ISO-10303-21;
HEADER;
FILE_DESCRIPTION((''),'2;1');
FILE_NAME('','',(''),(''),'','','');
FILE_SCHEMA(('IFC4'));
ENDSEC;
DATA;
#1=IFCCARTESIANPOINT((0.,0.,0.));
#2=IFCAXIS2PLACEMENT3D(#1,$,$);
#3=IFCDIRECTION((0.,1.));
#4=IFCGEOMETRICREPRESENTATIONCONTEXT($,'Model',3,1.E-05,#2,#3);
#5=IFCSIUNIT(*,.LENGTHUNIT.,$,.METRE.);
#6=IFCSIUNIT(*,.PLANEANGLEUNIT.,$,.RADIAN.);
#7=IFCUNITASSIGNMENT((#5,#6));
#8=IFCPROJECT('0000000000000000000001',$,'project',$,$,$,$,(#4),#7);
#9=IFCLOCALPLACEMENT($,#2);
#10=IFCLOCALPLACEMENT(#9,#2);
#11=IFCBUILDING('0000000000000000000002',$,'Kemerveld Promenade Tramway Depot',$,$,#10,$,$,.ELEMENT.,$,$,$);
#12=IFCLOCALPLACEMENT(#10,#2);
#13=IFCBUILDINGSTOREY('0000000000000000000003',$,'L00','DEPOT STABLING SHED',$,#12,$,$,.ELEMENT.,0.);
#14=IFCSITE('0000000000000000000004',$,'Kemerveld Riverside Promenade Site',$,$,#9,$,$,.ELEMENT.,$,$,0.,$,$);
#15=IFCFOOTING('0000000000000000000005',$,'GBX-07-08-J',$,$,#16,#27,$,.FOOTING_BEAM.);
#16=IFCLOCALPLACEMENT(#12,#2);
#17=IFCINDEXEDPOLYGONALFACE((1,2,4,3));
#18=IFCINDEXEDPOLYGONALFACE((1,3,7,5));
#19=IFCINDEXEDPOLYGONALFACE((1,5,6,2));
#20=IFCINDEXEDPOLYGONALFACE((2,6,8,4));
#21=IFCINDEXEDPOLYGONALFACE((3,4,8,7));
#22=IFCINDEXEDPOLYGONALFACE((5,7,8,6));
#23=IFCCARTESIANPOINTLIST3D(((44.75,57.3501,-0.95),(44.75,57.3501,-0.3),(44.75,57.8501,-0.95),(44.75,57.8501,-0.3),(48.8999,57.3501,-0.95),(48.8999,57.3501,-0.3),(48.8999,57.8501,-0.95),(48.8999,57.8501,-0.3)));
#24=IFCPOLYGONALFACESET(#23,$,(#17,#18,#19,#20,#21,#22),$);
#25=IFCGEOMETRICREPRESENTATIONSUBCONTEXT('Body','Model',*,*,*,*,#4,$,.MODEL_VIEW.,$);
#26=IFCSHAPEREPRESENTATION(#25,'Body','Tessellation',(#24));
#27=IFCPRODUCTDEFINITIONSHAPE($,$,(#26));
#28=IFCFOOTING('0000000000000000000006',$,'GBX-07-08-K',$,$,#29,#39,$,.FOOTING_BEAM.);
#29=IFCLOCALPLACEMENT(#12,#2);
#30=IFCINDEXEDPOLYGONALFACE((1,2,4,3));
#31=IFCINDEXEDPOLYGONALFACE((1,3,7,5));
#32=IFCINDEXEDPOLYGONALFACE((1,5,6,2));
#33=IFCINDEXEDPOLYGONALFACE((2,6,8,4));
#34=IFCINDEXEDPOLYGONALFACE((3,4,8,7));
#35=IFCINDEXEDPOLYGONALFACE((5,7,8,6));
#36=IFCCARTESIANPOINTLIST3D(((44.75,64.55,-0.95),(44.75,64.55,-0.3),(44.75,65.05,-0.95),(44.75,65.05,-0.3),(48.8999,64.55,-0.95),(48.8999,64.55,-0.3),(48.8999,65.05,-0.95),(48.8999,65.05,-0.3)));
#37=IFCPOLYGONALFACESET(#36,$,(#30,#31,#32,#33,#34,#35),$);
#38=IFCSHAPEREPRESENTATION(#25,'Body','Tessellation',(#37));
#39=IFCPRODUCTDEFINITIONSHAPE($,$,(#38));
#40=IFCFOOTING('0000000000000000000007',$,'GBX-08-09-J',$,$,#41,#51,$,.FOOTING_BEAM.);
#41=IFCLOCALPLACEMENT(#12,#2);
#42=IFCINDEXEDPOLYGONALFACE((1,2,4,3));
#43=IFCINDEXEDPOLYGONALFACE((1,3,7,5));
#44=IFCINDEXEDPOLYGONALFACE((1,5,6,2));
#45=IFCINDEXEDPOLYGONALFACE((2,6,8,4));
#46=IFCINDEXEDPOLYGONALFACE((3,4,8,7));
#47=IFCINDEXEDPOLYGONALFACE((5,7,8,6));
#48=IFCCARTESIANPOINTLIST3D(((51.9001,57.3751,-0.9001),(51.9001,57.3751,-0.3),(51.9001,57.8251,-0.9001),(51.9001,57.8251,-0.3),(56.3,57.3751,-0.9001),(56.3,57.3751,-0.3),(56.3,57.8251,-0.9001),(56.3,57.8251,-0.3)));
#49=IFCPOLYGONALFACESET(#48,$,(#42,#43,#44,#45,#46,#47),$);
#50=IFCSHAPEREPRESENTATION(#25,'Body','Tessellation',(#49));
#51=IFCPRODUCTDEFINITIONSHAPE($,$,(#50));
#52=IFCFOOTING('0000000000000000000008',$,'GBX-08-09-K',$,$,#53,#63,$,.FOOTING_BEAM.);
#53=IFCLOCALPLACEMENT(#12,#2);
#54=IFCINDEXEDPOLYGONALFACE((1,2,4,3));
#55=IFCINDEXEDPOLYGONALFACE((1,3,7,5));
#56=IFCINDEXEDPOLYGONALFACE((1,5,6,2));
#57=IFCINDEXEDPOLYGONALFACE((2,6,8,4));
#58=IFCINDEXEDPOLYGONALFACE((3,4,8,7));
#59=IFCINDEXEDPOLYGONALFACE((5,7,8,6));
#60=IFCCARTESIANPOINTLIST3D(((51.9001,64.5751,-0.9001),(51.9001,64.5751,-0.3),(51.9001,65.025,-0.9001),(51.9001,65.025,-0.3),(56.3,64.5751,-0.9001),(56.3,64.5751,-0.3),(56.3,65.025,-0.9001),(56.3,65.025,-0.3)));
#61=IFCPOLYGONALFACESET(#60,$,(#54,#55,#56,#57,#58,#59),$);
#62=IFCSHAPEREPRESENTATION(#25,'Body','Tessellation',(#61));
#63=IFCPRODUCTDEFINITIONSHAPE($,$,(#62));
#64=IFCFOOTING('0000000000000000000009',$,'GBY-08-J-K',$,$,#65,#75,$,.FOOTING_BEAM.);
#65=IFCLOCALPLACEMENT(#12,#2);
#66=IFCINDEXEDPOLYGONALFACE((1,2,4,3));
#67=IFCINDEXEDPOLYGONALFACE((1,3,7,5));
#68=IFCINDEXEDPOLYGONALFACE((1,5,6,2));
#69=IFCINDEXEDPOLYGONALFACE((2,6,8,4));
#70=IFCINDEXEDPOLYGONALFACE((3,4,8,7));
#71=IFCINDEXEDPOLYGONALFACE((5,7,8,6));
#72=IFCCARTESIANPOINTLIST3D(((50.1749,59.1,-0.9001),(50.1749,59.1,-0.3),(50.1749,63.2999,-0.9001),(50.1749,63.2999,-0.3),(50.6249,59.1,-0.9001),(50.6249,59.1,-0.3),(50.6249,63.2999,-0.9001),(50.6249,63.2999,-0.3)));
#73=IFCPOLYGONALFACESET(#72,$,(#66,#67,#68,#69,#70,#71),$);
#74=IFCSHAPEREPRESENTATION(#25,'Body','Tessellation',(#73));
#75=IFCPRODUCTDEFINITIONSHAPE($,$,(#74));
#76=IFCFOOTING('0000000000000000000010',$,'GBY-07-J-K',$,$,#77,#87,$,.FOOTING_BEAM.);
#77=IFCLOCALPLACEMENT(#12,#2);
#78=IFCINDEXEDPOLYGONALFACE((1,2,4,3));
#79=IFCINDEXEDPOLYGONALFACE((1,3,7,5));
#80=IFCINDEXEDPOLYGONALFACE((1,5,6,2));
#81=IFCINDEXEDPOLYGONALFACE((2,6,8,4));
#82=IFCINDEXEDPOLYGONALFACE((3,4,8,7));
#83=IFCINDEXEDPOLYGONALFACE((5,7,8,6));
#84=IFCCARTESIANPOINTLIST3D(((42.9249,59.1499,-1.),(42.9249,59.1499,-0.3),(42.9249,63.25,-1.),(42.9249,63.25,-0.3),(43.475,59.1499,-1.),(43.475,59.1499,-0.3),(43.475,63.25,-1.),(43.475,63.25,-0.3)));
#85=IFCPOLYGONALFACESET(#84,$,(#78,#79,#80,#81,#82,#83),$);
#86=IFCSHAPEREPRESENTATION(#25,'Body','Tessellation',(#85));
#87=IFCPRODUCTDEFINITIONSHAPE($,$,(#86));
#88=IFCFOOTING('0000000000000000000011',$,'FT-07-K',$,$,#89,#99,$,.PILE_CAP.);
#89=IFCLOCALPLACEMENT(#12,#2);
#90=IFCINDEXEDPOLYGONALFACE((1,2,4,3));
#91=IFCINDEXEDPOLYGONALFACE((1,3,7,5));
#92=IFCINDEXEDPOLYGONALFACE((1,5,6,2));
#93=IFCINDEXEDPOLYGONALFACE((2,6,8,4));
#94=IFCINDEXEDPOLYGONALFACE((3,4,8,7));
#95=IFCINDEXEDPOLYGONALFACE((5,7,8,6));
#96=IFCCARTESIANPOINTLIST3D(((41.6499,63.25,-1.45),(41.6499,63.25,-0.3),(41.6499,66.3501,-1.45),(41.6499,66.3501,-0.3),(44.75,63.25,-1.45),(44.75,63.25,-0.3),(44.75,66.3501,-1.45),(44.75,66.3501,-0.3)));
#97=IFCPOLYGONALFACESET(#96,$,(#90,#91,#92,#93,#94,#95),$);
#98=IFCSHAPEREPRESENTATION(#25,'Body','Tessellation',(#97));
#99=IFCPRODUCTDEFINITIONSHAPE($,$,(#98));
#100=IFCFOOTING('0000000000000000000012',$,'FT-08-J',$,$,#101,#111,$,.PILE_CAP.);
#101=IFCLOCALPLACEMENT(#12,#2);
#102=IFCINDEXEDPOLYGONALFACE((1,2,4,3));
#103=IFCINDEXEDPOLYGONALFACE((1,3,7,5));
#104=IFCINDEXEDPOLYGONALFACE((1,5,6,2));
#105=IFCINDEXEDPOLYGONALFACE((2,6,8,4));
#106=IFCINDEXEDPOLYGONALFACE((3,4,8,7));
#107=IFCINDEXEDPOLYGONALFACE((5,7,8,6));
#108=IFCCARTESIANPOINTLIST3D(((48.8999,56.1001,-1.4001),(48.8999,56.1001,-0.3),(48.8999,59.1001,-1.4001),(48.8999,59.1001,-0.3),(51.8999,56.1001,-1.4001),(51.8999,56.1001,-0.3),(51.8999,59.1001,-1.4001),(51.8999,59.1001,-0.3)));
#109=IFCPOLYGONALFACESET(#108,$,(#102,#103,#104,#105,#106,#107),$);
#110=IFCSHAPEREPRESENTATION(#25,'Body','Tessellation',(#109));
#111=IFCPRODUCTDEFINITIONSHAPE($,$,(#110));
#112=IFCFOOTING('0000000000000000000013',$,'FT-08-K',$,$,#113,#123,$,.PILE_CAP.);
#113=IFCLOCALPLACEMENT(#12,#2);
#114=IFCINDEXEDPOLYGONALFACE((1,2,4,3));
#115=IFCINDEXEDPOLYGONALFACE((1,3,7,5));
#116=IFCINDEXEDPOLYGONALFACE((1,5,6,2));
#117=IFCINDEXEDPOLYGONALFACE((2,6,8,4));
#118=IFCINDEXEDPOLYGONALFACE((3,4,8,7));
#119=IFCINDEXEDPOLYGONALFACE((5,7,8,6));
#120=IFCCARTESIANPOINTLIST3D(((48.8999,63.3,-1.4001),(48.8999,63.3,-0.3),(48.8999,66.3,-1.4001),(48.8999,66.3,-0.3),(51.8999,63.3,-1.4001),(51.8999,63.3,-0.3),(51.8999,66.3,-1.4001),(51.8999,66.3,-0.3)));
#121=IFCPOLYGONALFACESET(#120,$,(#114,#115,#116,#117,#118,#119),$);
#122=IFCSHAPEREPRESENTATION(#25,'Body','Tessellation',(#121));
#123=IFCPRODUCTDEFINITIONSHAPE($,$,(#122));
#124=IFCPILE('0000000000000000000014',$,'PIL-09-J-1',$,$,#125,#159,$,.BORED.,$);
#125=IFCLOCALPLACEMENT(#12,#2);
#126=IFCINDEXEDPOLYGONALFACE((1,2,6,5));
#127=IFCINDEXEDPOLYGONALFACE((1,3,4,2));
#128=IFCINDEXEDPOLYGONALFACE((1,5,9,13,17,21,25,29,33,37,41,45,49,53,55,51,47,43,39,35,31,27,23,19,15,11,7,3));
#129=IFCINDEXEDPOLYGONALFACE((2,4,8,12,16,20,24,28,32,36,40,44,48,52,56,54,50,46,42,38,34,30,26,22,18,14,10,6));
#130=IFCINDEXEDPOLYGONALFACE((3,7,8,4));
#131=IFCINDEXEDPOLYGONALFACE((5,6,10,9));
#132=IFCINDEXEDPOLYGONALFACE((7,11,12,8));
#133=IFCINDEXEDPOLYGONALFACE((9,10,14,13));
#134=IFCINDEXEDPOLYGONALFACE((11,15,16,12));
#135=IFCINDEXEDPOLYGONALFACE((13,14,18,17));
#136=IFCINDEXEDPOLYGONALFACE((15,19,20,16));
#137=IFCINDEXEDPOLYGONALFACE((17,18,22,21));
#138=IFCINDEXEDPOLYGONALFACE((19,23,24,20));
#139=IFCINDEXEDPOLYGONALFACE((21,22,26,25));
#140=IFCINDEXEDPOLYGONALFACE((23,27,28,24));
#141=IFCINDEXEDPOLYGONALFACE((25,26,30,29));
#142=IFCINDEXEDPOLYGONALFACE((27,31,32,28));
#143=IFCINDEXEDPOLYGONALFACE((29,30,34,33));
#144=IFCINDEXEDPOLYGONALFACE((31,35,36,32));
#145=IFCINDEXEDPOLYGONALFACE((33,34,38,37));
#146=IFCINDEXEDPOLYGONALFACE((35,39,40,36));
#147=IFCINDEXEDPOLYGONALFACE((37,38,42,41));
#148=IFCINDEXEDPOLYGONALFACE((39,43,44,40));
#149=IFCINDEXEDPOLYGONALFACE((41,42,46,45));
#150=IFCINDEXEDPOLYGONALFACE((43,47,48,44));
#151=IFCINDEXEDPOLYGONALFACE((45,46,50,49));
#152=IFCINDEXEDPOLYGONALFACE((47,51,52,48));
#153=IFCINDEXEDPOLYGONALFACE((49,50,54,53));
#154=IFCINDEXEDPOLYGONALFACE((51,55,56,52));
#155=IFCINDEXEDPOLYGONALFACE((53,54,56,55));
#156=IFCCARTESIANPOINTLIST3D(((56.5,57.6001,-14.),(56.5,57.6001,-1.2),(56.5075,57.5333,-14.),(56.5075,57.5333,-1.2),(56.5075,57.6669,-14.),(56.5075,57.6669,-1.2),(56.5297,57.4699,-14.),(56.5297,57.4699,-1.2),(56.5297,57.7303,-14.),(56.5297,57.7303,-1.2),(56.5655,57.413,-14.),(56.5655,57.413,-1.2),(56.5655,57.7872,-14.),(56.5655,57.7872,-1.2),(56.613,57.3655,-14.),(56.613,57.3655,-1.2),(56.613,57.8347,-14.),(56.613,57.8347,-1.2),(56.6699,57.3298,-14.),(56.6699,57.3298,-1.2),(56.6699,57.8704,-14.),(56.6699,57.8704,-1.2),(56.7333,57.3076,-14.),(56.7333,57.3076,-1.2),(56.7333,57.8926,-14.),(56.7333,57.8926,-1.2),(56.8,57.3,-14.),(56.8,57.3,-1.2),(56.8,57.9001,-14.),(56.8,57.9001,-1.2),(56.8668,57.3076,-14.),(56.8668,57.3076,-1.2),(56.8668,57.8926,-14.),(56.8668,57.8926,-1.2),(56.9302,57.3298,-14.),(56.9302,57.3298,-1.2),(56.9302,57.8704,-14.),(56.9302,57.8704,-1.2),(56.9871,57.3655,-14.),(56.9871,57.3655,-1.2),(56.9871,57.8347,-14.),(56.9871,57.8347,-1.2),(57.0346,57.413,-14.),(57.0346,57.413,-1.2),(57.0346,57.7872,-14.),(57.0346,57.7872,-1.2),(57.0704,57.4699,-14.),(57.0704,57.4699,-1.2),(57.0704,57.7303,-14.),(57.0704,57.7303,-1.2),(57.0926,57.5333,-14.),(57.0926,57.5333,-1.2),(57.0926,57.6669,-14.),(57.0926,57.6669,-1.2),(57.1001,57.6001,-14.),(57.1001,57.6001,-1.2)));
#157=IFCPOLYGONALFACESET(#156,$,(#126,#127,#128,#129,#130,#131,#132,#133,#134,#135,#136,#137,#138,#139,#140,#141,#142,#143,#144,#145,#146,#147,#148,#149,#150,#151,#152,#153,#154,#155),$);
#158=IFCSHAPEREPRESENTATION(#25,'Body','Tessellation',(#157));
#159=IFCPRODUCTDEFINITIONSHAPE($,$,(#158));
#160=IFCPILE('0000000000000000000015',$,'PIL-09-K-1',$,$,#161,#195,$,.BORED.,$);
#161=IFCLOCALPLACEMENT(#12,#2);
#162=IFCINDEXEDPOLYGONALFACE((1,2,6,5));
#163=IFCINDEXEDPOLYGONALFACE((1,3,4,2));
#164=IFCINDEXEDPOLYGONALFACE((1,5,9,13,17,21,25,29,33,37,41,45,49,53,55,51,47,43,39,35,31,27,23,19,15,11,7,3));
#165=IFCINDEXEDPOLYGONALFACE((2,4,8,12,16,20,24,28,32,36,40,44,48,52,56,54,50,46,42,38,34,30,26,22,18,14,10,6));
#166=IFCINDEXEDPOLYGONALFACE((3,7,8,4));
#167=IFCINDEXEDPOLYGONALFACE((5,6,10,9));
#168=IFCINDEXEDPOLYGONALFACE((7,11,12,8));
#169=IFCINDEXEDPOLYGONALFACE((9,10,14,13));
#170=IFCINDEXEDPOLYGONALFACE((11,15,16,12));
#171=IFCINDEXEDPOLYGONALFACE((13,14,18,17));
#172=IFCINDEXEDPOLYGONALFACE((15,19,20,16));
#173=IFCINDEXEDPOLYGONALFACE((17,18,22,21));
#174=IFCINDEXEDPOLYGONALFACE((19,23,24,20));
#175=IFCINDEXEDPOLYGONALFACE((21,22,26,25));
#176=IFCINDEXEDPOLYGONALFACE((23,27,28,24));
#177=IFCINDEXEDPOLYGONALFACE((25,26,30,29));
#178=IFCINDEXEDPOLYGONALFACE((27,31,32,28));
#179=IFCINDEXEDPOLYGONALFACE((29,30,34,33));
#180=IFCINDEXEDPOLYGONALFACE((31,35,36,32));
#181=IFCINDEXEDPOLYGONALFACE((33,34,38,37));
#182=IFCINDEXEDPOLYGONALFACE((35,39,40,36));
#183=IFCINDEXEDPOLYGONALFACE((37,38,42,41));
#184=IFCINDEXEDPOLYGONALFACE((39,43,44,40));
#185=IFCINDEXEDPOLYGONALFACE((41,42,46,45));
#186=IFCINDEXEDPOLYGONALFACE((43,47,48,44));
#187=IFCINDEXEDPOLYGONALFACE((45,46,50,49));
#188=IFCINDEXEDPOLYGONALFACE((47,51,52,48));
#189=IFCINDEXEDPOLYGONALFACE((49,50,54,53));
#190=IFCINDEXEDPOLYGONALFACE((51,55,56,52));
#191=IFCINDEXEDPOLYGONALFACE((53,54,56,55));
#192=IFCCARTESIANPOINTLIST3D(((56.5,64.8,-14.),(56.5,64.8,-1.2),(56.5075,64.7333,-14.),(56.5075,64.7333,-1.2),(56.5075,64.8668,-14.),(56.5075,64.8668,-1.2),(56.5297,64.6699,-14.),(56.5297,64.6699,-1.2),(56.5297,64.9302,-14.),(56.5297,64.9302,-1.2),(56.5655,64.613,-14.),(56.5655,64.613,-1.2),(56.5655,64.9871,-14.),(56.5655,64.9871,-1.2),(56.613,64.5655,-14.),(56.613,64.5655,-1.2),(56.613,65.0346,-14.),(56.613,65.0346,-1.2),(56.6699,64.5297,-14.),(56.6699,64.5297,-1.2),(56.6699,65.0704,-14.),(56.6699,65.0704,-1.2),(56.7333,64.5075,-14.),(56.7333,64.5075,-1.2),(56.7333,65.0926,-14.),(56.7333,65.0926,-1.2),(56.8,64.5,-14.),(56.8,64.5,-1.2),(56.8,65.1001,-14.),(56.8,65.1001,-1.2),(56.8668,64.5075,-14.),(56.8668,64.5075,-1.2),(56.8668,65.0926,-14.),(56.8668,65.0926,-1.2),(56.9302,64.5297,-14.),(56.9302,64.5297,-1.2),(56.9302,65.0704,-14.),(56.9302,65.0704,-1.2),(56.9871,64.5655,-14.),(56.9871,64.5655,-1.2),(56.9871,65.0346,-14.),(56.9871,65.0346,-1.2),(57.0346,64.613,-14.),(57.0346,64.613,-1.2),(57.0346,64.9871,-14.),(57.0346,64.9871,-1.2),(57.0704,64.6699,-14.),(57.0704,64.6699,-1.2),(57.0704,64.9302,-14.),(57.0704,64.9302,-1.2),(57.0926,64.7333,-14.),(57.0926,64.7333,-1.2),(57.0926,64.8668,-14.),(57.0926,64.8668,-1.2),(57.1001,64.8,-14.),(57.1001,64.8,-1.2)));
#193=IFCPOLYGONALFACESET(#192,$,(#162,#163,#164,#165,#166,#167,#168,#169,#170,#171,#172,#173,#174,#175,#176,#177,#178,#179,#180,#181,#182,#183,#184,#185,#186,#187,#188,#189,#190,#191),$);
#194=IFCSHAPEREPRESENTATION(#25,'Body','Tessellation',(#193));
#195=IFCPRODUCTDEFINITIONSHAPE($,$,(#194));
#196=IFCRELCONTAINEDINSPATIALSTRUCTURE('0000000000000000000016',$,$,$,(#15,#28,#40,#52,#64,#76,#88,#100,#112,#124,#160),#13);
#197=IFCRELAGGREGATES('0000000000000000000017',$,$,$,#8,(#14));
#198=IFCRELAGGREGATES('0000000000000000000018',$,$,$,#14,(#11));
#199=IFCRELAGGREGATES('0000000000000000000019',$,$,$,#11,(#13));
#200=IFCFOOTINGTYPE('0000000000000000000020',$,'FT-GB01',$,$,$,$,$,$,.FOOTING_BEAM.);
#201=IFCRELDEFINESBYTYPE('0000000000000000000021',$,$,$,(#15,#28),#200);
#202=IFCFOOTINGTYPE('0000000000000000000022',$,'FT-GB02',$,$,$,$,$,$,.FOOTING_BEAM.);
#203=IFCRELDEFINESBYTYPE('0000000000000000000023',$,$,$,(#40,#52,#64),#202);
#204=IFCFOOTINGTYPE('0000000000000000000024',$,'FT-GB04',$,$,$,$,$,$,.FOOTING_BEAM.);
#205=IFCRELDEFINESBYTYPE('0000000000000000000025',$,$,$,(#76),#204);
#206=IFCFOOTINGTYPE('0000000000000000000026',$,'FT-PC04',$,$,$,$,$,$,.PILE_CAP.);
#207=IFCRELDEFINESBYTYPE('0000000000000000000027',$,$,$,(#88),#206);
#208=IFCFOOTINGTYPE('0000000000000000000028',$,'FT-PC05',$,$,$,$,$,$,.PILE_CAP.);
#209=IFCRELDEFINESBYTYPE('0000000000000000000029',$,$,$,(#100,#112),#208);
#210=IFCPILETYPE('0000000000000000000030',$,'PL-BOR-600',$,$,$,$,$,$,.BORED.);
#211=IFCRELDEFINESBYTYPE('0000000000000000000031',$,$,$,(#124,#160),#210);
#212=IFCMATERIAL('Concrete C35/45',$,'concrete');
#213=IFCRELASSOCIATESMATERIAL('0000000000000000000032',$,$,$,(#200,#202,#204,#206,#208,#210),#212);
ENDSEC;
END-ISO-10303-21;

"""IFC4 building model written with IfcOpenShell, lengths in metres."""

from ifc_helpers import new_model, si_unit, direction, frame, origin, origin_2d, place, context, subcontext, project, spatial, rectangle, circle, extrude, material, material_profile, profile_set, type_object, element, save


model = new_model("IFC4")

# Units and contexts
model_context = context("Model", 3, precision=1e-05, world=origin(), true_north=direction((0.0, 1.0)))
body_context = subcontext(model_context, "Body", "Model", "MODEL_VIEW")
ifc_project = project(units=[si_unit("LENGTHUNIT", "METRE"), si_unit("PLANEANGLEUNIT", "RADIAN")], contexts=[model_context])

# Site, building, storey
site_placement = place(None, origin())
site = spatial("IfcSite", under=ifc_project, at=site_placement, Name="Kemerveld Riverside Promenade Site", CompositionType="ELEMENT", RefElevation=0.0)
building_placement = place(site_placement, origin())
building = spatial("IfcBuilding", under=site, at=building_placement, Name="Kemerveld Promenade Tramway Depot", CompositionType="ELEMENT")
storey_placement = place(building_placement, origin())
storey = spatial("IfcBuildingStorey", under=building, at=storey_placement, Name="L00", Description="DEPOT STABLING SHED", CompositionType="ELEMENT", Elevation=0.0)

# Footings
ifc_material_1 = material(Name="Concrete C35/45", Category="concrete")
footing_type_1 = type_object("IfcFootingType", Name="FT-GB01", PredefinedType="FOOTING_BEAM", material=ifc_material_1)
for number, where, z_axis, x_axis, name in (
    (1, (46.825, 57.6001, -0.95), (0.0, 0.0, 1.0), (1.0, 0.0, 0.0), "GBX-07-08-J"),
    (2, (46.825, 64.8, -0.95), (0.0, 0.0, 1.0), (1.0, 0.0, 0.0), "GBX-07-08-K"),
):
    element("IfcFooting", number, at=place(storey_placement, frame(where, z_axis=z_axis, x_axis=x_axis)), inside=storey, type_object=footing_type_1, Name=name, PredefinedType="FOOTING_BEAM", context=body_context, shape_type="SweptSolid", body=[
        extrude(rectangle(XDim=4.1499, YDim=0.5, at=origin_2d()), origin(), (0.0, 0.0, 1.0), 0.6499),
    ])
footing_type_2 = type_object("IfcFootingType", Name="FT-GB02", PredefinedType="FOOTING_BEAM", material=ifc_material_1)
for number, where, z_axis, x_axis, name in (
    (3, (54.1001, 57.6001, -0.9001), (0.0, 0.0, 1.0), (1.0, 0.0, 0.0), "GBX-08-09-J"),
    (4, (54.1001, 64.8, -0.9001), (0.0, 0.0, 1.0), (1.0, 0.0, 0.0), "GBX-08-09-K"),
):
    element("IfcFooting", number, at=place(storey_placement, frame(where, z_axis=z_axis, x_axis=x_axis)), inside=storey, type_object=footing_type_2, Name=name, PredefinedType="FOOTING_BEAM", context=body_context, shape_type="SweptSolid", body=[
        extrude(rectangle(XDim=4.3999, YDim=0.45, at=origin_2d()), origin(), (0.0, 0.0, 1.0), 0.6001),
    ])
footing_1_placement = place(storey_placement, frame((50.3999, 61.2, -0.9001), z_axis=(0.0, 0.0, 1.0), x_axis=(0.0, 1.0, 0.0)))
element("IfcFooting", 5, at=footing_1_placement, inside=storey, type_object=footing_type_2, Name="GBY-08-J-K", PredefinedType="FOOTING_BEAM", context=body_context, shape_type="SweptSolid", body=[
    extrude(rectangle(XDim=4.2, YDim=0.45, at=origin_2d()), origin(), (0.0, 0.0, 1.0), 0.6001),
])
footing_type_3 = type_object("IfcFootingType", Name="FT-GB04", PredefinedType="FOOTING_BEAM", material=ifc_material_1)
footing_2_placement = place(storey_placement, frame((43.2, 61.2, -1.0), z_axis=(0.0, 0.0, 1.0), x_axis=(0.0, 1.0, 0.0)))
element("IfcFooting", 6, at=footing_2_placement, inside=storey, type_object=footing_type_3, Name="GBY-07-J-K", PredefinedType="FOOTING_BEAM", context=body_context, shape_type="SweptSolid", body=[
    extrude(rectangle(XDim=4.1001, YDim=0.55, at=origin_2d()), origin(), (0.0, 0.0, 1.0), 0.7),
])
footing_type_4 = type_object("IfcFootingType", Name="FT-PC04", PredefinedType="PILE_CAP", material=ifc_material_1)
footing_3_placement = place(storey_placement, frame((43.2, 64.8, -1.45), z_axis=(0.0, 0.0, 1.0), x_axis=(1.0, 0.0, 0.0)))
element("IfcFooting", 7, at=footing_3_placement, inside=storey, type_object=footing_type_4, Name="FT-07-K", PredefinedType="PILE_CAP", context=body_context, shape_type="SweptSolid", body=[
    extrude(rectangle(XDim=3.1001, YDim=3.1001, at=origin_2d()), origin(), (0.0, 0.0, 1.0), 1.1499),
])
footing_type_5 = type_object("IfcFootingType", Name="FT-PC05", PredefinedType="PILE_CAP", material=ifc_material_1)
for number, where, z_axis, x_axis, name in (
    (8, (50.3999, 57.6001, -1.4001), (0.0, 0.0, 1.0), (1.0, 0.0, 0.0), "FT-08-J"),
    (9, (50.3999, 64.8, -1.4001), (0.0, 0.0, 1.0), (1.0, 0.0, 0.0), "FT-08-K"),
):
    element("IfcFooting", number, at=place(storey_placement, frame(where, z_axis=z_axis, x_axis=x_axis)), inside=storey, type_object=footing_type_5, Name=name, PredefinedType="PILE_CAP", context=body_context, shape_type="SweptSolid", body=[
        extrude(rectangle(XDim=3.0, YDim=3.0, at=origin_2d()), origin(), (0.0, 0.0, 1.0), 1.1001),
    ])

# Piles
ifc_material_profile_1 = material_profile(ifc_material_1, circle(Radius=0.3, at=origin_2d()), Name="PILE-D600")
ifc_profile_set_1 = profile_set([ifc_material_profile_1], Name="Concrete C35/45")
pile_type_1 = type_object("IfcPileType", Name="PL-BOR-600", PredefinedType="BORED", material=ifc_profile_set_1)
for number, where, z_axis, x_axis, name in (
    (10, (56.8, 57.6001, -1.2), (0.0, 0.0, -1.0), (1.0, 0.0, 0.0), "PIL-09-J-1"),
    (11, (56.8, 64.8, -1.2), (0.0, 0.0, -1.0), (1.0, 0.0, 0.0), "PIL-09-K-1"),
):
    element("IfcPile", number, at=place(storey_placement, frame(where, z_axis=z_axis, x_axis=x_axis)), inside=storey, type_object=pile_type_1, Name=name, PredefinedType="BORED", context=body_context, shape_type="SweptSolid", body=[
        extrude(circle(Radius=0.3, at=origin_2d()), origin(), (0.0, 0.0, 1.0), 12.8),
    ])

save(model, "model.ifc")
